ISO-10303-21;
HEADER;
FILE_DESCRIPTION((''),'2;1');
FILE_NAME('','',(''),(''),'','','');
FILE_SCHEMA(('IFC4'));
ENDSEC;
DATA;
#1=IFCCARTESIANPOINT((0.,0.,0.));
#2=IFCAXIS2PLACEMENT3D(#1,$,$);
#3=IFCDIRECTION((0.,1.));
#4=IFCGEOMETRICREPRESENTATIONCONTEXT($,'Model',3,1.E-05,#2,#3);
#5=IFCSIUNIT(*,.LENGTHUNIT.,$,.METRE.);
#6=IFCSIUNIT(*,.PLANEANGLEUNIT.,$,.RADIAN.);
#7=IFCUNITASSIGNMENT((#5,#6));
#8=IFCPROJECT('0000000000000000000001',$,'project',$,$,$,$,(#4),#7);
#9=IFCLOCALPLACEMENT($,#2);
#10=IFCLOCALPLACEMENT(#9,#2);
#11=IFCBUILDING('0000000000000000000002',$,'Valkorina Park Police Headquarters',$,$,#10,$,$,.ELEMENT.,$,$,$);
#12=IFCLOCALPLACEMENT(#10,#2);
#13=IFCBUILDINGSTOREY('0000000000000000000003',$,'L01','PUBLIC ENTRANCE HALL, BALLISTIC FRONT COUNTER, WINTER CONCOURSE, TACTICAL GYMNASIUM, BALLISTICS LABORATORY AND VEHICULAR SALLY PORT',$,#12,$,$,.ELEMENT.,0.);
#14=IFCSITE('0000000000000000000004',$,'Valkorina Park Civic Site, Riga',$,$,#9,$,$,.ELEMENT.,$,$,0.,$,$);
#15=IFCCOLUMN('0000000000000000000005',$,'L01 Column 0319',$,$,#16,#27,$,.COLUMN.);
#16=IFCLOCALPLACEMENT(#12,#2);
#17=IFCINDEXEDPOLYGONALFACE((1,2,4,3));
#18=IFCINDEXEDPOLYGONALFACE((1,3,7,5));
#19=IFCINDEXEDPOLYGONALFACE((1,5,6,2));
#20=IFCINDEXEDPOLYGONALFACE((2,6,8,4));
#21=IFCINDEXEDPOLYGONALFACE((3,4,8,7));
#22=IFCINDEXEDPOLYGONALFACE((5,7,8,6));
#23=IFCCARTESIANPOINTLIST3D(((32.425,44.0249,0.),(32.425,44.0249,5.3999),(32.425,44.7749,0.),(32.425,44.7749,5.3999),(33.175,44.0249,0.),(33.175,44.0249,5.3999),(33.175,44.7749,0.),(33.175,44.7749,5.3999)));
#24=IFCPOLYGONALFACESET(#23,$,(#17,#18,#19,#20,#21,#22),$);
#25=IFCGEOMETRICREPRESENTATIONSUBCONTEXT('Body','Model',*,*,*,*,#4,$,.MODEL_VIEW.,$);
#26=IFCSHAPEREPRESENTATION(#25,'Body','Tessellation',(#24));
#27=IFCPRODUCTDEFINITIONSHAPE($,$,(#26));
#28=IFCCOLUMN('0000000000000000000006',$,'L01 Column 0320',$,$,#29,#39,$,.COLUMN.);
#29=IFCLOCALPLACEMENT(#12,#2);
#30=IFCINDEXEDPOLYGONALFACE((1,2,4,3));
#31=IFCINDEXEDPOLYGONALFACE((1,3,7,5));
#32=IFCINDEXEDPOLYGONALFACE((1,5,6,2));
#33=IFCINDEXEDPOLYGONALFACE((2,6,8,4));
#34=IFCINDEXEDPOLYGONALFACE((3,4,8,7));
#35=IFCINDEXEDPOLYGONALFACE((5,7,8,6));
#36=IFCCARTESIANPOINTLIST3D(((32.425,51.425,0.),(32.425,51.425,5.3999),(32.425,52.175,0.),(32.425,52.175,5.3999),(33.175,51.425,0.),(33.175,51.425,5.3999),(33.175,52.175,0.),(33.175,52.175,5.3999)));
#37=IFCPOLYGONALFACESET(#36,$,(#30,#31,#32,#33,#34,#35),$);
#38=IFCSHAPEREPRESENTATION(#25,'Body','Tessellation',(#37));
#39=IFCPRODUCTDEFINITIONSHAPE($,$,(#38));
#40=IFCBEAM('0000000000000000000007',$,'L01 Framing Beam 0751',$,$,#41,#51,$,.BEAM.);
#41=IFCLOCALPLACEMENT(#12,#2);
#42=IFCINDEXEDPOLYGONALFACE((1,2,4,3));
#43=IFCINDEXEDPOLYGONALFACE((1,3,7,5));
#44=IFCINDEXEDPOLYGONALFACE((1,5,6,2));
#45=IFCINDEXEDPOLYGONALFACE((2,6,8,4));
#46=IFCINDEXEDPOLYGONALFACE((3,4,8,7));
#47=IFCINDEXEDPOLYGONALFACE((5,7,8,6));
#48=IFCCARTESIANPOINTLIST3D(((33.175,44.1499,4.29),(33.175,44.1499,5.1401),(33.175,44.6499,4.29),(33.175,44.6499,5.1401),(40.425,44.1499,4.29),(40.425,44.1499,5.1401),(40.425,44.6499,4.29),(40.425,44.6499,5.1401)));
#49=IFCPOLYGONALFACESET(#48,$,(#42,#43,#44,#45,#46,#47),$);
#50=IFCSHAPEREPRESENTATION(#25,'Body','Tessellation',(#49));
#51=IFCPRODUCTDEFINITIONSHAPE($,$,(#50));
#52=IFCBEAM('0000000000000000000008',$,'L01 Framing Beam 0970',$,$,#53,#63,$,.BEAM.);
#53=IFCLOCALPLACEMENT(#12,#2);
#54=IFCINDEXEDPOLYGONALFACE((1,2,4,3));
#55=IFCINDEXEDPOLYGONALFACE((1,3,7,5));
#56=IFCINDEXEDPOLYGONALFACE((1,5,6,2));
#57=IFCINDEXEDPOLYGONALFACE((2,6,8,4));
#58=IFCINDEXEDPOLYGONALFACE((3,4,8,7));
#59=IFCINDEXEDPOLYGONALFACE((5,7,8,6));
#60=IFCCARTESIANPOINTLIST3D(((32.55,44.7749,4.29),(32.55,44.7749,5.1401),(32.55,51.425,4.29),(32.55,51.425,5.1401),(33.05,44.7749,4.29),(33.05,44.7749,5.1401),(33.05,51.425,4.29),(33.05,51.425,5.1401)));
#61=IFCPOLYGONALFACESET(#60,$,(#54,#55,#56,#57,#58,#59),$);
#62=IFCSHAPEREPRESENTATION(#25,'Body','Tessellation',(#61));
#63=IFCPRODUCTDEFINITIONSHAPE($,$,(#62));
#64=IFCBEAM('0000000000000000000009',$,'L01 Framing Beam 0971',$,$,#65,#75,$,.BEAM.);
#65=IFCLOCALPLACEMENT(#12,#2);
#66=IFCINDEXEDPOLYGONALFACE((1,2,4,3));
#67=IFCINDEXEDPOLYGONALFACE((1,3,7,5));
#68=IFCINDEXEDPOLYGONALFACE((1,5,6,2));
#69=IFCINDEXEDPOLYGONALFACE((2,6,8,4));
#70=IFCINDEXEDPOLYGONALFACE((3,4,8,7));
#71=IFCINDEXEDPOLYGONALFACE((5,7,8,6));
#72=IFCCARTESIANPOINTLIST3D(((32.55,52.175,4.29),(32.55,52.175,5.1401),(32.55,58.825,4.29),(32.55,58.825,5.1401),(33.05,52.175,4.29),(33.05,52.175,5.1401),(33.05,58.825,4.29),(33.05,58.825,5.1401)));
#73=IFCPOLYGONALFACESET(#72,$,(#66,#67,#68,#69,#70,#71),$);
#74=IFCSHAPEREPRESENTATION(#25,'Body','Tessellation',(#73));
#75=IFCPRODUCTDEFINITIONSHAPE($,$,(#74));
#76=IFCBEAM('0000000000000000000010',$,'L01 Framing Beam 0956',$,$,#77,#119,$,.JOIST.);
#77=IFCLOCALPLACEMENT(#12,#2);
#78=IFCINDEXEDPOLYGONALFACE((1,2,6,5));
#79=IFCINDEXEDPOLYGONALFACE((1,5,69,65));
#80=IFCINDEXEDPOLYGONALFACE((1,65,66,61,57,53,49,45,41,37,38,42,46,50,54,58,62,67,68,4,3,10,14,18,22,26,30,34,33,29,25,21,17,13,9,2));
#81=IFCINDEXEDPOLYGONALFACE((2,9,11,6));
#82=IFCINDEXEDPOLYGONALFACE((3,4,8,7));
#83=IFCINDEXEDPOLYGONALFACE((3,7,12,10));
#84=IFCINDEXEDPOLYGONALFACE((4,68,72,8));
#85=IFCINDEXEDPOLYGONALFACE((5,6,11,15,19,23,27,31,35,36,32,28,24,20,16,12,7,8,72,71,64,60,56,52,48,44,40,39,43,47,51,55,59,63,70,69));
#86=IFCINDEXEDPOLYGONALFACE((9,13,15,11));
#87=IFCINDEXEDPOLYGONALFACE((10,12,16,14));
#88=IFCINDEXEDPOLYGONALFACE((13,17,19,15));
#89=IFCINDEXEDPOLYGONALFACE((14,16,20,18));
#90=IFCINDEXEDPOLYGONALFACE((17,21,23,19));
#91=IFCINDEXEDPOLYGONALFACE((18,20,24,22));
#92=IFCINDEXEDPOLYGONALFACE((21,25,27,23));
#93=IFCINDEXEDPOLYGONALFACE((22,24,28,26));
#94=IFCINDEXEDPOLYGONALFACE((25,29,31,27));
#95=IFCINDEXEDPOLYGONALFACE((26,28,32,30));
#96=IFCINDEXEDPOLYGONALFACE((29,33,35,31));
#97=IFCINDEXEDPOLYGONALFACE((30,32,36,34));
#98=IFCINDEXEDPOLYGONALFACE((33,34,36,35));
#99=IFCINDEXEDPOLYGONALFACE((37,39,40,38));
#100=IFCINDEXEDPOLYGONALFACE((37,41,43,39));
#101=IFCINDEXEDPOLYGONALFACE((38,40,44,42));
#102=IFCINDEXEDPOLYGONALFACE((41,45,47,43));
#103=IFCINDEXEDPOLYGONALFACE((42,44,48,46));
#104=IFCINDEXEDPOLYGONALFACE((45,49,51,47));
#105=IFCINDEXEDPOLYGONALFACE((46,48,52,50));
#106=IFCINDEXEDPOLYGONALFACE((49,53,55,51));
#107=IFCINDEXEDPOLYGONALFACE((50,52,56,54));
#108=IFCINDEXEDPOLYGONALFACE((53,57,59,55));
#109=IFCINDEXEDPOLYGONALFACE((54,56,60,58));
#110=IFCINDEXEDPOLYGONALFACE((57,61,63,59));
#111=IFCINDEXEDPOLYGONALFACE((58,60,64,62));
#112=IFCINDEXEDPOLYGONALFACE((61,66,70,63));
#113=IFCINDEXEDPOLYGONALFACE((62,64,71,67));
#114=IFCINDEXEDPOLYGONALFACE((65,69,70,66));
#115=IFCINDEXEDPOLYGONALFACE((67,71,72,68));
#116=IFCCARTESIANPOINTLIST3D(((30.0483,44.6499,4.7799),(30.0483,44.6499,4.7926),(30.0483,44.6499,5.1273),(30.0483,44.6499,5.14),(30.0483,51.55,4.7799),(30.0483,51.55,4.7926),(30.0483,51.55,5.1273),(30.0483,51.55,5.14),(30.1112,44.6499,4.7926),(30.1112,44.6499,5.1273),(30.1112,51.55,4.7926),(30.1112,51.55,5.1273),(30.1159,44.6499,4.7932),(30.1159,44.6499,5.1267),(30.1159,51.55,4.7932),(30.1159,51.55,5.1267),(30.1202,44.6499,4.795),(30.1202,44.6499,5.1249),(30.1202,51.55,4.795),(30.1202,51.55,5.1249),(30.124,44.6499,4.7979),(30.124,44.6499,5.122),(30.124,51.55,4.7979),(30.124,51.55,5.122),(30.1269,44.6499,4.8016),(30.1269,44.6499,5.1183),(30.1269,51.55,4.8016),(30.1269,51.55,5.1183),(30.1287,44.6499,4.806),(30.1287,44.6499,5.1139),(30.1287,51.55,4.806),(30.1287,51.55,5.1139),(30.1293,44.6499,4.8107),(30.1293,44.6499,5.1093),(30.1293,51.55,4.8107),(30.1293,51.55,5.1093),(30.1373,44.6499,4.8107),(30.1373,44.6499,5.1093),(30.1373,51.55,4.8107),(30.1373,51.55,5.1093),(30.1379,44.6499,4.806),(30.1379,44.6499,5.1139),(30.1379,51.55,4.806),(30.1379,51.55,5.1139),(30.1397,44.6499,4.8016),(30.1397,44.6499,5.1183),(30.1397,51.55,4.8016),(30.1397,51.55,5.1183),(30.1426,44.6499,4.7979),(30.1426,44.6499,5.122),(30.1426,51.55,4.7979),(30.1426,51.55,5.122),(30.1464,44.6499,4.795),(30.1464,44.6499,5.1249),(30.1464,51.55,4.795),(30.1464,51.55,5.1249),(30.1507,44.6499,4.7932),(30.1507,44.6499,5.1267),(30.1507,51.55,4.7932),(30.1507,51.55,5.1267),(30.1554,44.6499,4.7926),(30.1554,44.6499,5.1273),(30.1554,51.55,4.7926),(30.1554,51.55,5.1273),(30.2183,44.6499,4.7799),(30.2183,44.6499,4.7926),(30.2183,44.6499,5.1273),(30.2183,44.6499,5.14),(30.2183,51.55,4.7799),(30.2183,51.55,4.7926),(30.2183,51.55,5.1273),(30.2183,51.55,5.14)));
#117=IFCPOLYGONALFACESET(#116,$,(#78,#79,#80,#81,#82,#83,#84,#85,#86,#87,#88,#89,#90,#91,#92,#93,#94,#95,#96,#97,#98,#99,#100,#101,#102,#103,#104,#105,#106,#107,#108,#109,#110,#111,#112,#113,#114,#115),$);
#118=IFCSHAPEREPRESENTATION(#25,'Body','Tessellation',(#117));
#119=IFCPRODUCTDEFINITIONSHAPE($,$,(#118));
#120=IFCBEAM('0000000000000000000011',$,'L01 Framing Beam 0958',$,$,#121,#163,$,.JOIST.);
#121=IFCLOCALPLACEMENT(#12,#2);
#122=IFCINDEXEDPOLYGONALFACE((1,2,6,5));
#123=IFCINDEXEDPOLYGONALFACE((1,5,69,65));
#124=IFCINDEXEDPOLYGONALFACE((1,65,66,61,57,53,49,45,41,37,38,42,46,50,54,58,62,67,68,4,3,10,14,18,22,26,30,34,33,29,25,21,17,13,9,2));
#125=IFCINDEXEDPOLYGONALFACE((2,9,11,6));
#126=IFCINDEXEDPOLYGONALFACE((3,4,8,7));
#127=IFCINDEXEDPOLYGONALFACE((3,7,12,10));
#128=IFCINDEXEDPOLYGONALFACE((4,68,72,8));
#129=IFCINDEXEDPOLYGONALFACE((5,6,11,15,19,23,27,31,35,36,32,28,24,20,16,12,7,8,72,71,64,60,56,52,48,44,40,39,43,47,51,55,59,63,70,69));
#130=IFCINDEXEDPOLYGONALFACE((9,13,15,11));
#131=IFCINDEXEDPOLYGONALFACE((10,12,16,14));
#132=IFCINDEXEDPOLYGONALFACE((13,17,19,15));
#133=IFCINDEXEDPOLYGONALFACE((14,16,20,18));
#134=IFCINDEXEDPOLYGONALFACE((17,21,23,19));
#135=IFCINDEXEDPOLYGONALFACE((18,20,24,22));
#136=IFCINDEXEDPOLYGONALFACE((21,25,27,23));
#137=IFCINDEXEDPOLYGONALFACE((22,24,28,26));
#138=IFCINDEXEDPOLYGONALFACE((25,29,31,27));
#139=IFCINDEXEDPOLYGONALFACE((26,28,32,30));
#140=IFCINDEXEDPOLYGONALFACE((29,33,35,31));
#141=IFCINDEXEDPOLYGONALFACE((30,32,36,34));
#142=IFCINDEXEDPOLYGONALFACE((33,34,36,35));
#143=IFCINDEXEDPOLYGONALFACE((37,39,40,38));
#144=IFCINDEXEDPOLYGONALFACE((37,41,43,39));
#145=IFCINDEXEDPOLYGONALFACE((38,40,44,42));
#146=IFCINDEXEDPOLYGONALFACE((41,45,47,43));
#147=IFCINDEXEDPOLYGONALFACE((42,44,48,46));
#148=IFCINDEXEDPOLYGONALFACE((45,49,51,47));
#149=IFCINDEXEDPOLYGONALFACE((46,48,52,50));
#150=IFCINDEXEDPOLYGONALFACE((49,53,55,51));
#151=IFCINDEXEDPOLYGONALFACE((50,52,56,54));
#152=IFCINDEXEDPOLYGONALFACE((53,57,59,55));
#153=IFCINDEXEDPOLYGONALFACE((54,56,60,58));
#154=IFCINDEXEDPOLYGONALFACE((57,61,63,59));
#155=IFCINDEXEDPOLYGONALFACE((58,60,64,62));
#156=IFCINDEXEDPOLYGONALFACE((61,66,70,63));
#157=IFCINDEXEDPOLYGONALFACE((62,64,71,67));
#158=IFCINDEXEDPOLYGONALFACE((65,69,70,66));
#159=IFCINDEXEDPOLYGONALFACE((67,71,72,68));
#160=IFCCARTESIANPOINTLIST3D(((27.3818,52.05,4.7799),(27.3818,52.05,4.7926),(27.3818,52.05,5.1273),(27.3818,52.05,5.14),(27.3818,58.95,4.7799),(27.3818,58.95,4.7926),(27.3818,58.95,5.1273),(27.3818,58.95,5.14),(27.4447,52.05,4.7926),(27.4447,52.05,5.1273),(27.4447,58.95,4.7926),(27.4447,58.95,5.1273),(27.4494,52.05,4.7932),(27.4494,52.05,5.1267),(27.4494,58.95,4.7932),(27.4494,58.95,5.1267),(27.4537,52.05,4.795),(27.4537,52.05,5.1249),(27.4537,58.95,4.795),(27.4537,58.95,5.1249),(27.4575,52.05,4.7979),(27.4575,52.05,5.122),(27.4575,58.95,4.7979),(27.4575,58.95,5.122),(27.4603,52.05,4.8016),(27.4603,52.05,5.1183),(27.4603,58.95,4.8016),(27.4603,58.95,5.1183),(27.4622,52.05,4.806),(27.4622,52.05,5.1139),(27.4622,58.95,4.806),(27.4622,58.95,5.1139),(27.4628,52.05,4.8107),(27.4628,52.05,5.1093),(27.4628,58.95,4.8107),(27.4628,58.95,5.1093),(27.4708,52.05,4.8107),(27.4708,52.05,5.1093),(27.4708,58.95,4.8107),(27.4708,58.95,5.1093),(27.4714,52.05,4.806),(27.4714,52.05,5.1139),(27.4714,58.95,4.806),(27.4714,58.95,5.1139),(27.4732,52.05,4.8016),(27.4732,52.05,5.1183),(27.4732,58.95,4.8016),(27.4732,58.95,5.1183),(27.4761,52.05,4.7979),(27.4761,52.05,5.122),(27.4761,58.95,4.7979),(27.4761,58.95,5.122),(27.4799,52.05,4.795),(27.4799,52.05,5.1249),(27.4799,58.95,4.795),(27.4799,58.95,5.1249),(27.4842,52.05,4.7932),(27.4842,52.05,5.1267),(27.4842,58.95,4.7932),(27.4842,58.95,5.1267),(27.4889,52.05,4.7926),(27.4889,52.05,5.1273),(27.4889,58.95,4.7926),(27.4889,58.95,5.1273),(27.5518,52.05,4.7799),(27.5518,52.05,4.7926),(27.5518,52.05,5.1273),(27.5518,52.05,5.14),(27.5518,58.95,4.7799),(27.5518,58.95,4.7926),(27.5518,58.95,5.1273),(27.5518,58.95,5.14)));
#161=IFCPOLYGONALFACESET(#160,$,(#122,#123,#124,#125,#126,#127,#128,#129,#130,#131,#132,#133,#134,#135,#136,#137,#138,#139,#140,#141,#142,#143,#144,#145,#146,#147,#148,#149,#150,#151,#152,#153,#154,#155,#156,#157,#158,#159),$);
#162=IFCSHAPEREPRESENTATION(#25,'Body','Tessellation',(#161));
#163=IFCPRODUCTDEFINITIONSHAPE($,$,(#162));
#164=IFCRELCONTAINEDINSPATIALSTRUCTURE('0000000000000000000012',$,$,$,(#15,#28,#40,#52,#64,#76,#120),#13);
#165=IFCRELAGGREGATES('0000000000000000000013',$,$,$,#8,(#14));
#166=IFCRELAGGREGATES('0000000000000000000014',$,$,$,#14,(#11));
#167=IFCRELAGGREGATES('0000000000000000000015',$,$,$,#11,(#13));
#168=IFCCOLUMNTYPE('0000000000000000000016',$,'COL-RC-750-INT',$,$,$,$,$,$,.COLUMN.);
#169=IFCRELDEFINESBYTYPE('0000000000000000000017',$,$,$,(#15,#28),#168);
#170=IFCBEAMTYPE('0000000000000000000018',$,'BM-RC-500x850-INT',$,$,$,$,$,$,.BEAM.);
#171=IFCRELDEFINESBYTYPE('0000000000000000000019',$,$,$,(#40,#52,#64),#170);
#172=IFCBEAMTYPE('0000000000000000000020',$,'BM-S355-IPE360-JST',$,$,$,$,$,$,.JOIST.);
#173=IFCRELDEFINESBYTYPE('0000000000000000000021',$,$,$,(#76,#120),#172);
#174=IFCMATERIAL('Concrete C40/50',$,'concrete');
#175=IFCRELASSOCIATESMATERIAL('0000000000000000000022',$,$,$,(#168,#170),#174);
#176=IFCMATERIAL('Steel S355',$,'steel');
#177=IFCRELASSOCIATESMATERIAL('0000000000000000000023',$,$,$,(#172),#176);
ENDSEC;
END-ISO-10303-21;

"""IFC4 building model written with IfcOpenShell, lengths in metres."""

from ifc_helpers import new_model, si_unit, direction, frame, origin, origin_2d, place, context, subcontext, project, spatial, rectangle, i_section, extrude, material, material_profile, profile_set, type_object, element, save


model = new_model("IFC4")

# Units and contexts
model_context = context("Model", 3, precision=1e-05, world=origin(), true_north=direction((0.0, 1.0)))
body_context = subcontext(model_context, "Body", "Model", "MODEL_VIEW")
ifc_project = project(units=[si_unit("LENGTHUNIT", "METRE"), si_unit("PLANEANGLEUNIT", "RADIAN")], contexts=[model_context])

# Site, building, storey
site_placement = place(None, origin())
site = spatial("IfcSite", under=ifc_project, at=site_placement, Name="Valkorina Park Civic Site, Riga", CompositionType="ELEMENT", RefElevation=0.0)
building_placement = place(site_placement, origin())
building = spatial("IfcBuilding", under=site, at=building_placement, Name="Valkorina Park Police Headquarters", CompositionType="ELEMENT")
storey_placement = place(building_placement, origin())
storey = spatial("IfcBuildingStorey", under=building, at=storey_placement, Name="L01", Description="PUBLIC ENTRANCE HALL, BALLISTIC FRONT COUNTER, WINTER CONCOURSE, TACTICAL GYMNASIUM, BALLISTICS LABORATORY AND VEHICULAR SALLY PORT", CompositionType="ELEMENT", Elevation=0.0)

# Columns
ifc_material_1 = material(Name="Concrete C40/50", Category="concrete")
ifc_material_profile_1 = material_profile(ifc_material_1, rectangle(XDim=0.75, YDim=0.75, at=origin_2d()), Name="RC COL 750x750")
ifc_profile_set_1 = profile_set([ifc_material_profile_1], Name="Concrete C40/50")
column_type = type_object("IfcColumnType", Name="COL-RC-750-INT", PredefinedType="COLUMN", material=ifc_profile_set_1)
for number, where, z_axis, x_axis, name in (
    (1, (32.8, 44.3999, 0.0), (0.0, 0.0, 1.0), (1.0, 0.0, 0.0), "L01 Column 0319"),
    (2, (32.8, 51.8, 0.0), (0.0, 0.0, 1.0), (1.0, 0.0, 0.0), "L01 Column 0320"),
):
    element("IfcColumn", number, at=place(storey_placement, frame(where, z_axis=z_axis, x_axis=x_axis)), inside=storey, type_object=column_type, Name=name, PredefinedType="COLUMN", context=body_context, shape_type="SweptSolid", body=[
        extrude(rectangle(XDim=0.75, YDim=0.75, at=origin_2d()), origin(), (0.0, 0.0, 1.0), 5.3999),
    ])

# Beams
ifc_material_profile_2 = material_profile(ifc_material_1, rectangle(XDim=0.5, YDim=0.8501, at=origin_2d()), Name="RC BEAM 500x850")
ifc_profile_set_2 = profile_set([ifc_material_profile_2], Name="Concrete C40/50")
beam_type_1 = type_object("IfcBeamType", Name="BM-RC-500x850-INT", PredefinedType="BEAM", material=ifc_profile_set_2)
beam_1_placement = place(storey_placement, frame((33.175, 44.3999, 4.7151), z_axis=(1.0, 0.0, 0.0), x_axis=(0.0, 1.0, 0.0)))
element("IfcBeam", 3, at=beam_1_placement, inside=storey, type_object=beam_type_1, Name="L01 Framing Beam 0751", PredefinedType="BEAM", context=body_context, shape_type="SweptSolid", body=[
    extrude(rectangle(XDim=0.5, YDim=0.8501, at=origin_2d()), origin(), (0.0, 0.0, 1.0), 7.25),
])
beam_2_placement = place(storey_placement, frame((32.8, 44.7749, 4.7151), z_axis=(0.0, 1.0, 0.0), x_axis=(-1.0, 0.0, 0.0)))
element("IfcBeam", 4, at=beam_2_placement, inside=storey, type_object=beam_type_1, Name="L01 Framing Beam 0970", PredefinedType="BEAM", context=body_context, shape_type="SweptSolid", body=[
    extrude(rectangle(XDim=0.5, YDim=0.8501, at=origin_2d()), origin(), (0.0, 0.0, 1.0), 6.6501),
])
beam_3_placement = place(storey_placement, frame((32.8, 52.175, 4.7151), z_axis=(0.0, 1.0, 0.0), x_axis=(-1.0, 0.0, 0.0)))
element("IfcBeam", 5, at=beam_3_placement, inside=storey, type_object=beam_type_1, Name="L01 Framing Beam 0971", PredefinedType="BEAM", context=body_context, shape_type="SweptSolid", body=[
    extrude(rectangle(XDim=0.5, YDim=0.8501, at=origin_2d()), origin(), (0.0, 0.0, 1.0), 6.6499),
])
ifc_material_2 = material(Name="Steel S355", Category="steel")
ifc_material_profile_3 = material_profile(ifc_material_2, i_section(OverallWidth=0.1699, OverallDepth=0.3601, WebThickness=0.0081, FlangeThickness=0.0127, FilletRadius=0.0181, at=origin_2d()), Name="IPE 360")
ifc_profile_set_3 = profile_set([ifc_material_profile_3], Name="Steel S355")
beam_type_2 = type_object("IfcBeamType", Name="BM-S355-IPE360-JST", PredefinedType="JOIST", material=ifc_profile_set_3)
beam_4_placement = place(storey_placement, frame((30.1333, 44.6499, 4.96), z_axis=(0.0, 1.0, 0.0), x_axis=(-1.0, 0.0, 0.0)))
element("IfcBeam", 6, at=beam_4_placement, inside=storey, type_object=beam_type_2, Name="L01 Framing Beam 0956", PredefinedType="JOIST", context=body_context, shape_type="SweptSolid", body=[
    extrude(i_section(OverallWidth=0.1699, OverallDepth=0.3601, WebThickness=0.0081, FlangeThickness=0.0127, FilletRadius=0.0181, at=origin_2d()), origin(), (0.0, 0.0, 1.0), 6.9001),
])
for number, where, z_axis, x_axis, name in (
    (7, (27.4668, 52.05, 4.96), (0.0, 1.0, 0.0), (-1.0, 0.0, 0.0), "L01 Framing Beam 0958"),
):
    element("IfcBeam", number, at=place(storey_placement, frame(where, z_axis=z_axis, x_axis=x_axis)), inside=storey, type_object=beam_type_2, Name=name, PredefinedType="JOIST", context=body_context, shape_type="SweptSolid", body=[
        extrude(i_section(OverallWidth=0.1699, OverallDepth=0.3601, WebThickness=0.0081, FlangeThickness=0.0127, FilletRadius=0.0181, at=origin_2d()), origin(), (0.0, 0.0, 1.0), 6.8999),
    ])

save(model, "model.ifc")
